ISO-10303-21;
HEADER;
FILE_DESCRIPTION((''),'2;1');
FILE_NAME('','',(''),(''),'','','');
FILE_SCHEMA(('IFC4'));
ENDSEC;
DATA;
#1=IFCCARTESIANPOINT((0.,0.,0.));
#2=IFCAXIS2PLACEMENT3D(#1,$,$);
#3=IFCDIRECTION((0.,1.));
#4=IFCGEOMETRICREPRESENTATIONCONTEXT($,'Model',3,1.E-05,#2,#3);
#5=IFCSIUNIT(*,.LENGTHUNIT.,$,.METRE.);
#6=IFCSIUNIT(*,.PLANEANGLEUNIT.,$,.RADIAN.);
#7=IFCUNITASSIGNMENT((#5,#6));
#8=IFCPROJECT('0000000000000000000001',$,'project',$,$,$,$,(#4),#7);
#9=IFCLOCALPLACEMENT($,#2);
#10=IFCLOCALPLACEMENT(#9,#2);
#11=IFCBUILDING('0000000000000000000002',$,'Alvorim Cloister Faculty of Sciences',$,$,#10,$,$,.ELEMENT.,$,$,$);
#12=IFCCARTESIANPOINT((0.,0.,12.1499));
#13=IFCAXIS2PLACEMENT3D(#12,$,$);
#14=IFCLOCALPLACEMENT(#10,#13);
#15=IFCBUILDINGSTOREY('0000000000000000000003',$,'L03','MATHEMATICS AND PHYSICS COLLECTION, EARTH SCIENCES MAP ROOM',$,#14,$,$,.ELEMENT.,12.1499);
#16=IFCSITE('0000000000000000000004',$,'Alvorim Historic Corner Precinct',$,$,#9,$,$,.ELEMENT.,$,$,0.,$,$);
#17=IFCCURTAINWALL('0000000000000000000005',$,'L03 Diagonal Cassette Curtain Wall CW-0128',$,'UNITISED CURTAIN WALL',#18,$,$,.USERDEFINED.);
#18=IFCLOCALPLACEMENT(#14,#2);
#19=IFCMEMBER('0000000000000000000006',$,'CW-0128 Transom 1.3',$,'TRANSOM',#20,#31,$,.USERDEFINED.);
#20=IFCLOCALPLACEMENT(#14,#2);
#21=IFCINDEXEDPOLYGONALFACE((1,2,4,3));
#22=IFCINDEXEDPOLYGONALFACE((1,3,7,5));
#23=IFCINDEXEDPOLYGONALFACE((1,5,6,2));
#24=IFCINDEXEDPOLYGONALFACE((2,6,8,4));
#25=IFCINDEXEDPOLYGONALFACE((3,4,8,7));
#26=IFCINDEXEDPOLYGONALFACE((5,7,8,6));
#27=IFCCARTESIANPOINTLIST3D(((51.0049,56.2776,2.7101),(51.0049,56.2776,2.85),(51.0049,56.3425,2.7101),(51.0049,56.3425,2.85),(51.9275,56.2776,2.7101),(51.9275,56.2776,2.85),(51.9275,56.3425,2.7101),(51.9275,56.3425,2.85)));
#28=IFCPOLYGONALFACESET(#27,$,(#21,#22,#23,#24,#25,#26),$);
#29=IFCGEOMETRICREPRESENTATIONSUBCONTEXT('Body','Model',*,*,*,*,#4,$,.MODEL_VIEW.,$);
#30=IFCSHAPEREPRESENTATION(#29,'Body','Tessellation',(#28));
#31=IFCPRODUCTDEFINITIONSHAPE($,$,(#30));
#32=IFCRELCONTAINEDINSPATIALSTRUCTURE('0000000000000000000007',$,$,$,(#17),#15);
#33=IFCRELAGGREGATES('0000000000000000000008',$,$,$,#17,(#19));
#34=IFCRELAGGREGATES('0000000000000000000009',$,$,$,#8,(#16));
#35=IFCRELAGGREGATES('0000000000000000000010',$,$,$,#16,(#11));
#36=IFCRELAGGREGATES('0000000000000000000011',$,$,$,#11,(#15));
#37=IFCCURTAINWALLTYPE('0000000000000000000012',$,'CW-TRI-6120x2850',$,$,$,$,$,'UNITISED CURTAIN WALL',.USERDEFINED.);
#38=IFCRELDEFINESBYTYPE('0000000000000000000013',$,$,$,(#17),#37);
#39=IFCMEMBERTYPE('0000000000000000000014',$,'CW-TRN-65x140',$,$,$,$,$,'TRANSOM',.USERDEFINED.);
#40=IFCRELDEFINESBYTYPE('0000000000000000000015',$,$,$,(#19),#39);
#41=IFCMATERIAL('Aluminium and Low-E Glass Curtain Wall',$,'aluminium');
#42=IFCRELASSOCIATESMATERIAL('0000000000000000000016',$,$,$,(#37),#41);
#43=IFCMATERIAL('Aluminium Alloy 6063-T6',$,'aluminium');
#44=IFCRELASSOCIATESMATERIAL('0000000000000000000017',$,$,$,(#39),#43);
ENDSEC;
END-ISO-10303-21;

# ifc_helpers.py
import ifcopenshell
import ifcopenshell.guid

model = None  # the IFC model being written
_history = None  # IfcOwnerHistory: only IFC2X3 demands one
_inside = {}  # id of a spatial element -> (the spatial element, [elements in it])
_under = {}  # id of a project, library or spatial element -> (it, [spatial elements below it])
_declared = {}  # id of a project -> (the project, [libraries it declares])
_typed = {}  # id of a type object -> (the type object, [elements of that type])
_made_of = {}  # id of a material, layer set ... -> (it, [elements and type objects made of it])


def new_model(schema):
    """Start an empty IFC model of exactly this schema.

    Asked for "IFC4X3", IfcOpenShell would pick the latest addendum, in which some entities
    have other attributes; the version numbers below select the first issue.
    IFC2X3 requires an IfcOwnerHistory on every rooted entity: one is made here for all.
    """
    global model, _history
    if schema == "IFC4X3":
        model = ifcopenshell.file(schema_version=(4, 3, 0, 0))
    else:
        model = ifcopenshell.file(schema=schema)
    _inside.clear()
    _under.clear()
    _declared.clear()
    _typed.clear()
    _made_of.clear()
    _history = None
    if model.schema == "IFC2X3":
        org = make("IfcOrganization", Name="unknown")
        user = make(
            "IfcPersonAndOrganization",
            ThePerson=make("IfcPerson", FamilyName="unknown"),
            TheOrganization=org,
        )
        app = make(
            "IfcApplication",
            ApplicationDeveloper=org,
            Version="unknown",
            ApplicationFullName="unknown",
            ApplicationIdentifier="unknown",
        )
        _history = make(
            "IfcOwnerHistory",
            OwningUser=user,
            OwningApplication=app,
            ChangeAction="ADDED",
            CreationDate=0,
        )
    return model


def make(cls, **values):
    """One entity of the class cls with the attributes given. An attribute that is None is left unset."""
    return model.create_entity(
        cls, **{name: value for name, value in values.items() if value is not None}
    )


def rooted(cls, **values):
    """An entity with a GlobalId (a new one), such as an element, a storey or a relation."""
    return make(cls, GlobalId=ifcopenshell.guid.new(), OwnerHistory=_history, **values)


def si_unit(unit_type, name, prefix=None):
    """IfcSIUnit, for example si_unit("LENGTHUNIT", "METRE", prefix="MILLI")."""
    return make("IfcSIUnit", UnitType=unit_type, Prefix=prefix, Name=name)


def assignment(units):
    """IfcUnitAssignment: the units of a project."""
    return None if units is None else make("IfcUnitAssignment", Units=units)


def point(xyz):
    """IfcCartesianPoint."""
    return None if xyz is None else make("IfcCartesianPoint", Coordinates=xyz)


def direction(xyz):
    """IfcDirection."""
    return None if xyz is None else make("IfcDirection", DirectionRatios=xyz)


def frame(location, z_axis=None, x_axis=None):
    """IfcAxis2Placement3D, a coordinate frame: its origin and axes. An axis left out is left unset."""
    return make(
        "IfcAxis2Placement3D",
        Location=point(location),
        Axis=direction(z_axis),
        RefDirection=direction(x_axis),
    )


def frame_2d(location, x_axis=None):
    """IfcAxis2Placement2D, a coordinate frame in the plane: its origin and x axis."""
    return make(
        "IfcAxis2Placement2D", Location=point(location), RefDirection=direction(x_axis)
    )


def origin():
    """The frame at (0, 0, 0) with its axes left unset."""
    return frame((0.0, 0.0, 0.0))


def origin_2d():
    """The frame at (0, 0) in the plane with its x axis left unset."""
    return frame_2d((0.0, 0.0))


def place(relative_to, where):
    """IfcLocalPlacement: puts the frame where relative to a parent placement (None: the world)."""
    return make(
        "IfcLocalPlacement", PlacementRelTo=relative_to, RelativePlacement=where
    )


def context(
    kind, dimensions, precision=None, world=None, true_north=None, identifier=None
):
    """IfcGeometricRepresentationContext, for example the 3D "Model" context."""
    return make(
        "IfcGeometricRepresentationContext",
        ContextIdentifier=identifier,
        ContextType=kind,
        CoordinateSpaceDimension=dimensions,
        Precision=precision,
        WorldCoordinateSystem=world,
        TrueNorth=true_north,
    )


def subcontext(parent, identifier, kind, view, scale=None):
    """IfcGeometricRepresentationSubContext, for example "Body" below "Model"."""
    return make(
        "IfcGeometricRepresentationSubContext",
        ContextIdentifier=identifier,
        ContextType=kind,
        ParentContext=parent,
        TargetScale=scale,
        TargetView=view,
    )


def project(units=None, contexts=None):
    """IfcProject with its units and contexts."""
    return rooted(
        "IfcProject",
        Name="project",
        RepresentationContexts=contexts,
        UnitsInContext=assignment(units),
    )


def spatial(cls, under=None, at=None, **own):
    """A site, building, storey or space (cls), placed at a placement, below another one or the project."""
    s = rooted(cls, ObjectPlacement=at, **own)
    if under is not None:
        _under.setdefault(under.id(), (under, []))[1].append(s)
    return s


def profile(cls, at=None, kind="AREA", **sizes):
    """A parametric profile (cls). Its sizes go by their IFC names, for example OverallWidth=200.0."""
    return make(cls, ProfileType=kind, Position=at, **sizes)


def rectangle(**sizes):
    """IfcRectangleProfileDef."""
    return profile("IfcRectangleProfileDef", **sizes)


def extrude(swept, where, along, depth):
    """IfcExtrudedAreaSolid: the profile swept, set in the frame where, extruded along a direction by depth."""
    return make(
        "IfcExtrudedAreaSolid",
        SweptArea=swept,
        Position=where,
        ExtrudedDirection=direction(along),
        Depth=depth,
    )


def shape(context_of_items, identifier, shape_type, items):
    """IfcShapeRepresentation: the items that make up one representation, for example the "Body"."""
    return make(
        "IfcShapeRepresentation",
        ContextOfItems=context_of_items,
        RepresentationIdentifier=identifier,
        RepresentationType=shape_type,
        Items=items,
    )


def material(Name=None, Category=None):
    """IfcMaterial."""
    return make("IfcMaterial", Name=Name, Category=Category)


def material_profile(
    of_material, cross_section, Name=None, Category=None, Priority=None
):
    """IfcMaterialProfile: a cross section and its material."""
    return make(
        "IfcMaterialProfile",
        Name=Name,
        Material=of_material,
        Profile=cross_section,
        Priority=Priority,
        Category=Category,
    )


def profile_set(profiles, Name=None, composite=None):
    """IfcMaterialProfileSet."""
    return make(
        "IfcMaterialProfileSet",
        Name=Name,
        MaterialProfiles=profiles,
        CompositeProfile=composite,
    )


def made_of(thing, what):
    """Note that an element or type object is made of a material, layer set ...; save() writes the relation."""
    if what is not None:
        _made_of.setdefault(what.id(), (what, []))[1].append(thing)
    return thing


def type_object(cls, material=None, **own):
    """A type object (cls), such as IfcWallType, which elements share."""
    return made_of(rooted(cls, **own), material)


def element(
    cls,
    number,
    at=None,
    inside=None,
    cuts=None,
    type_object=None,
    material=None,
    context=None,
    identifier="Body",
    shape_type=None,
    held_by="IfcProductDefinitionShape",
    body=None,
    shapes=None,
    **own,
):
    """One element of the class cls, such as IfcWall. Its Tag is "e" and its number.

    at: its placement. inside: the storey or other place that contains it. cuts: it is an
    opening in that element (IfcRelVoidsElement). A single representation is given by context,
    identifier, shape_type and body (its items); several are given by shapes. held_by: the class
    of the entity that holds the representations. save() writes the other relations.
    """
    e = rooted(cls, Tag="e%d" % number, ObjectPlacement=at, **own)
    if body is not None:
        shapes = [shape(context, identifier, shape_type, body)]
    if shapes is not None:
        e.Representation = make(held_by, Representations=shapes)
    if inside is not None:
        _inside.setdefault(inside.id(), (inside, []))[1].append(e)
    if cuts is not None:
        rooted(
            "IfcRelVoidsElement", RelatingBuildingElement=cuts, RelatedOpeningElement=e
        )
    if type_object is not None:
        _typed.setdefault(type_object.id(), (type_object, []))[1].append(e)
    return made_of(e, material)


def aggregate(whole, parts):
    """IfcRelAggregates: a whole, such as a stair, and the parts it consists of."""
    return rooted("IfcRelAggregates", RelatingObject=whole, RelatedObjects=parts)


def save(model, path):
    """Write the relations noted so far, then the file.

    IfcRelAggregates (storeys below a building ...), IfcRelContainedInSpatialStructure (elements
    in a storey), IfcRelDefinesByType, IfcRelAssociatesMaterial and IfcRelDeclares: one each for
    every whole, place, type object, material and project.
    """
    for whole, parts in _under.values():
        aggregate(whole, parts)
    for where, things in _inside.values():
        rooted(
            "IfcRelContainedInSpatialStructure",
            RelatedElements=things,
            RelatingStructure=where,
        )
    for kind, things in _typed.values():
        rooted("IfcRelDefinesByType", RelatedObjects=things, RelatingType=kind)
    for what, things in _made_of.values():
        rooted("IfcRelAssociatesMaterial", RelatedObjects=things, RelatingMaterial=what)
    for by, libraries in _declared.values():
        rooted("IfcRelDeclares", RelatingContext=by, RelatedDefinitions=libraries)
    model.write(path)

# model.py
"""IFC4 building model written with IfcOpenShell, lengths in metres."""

from ifc_helpers import new_model, si_unit, direction, frame, origin, origin_2d, place, context, subcontext, project, spatial, rectangle, extrude, material, material_profile, profile_set, type_object, element, aggregate, save


model = new_model("IFC4")

# Units and contexts
model_context = context("Model", 3, precision=1e-05, world=origin(), true_north=direction((0.0, 1.0)))
body_context = subcontext(model_context, "Body", "Model", "MODEL_VIEW")
ifc_project = project(units=[si_unit("LENGTHUNIT", "METRE"), si_unit("PLANEANGLEUNIT", "RADIAN")], contexts=[model_context])

# Site, building, storey
site_placement = place(None, origin())
site = spatial("IfcSite", under=ifc_project, at=site_placement, Name="Alvorim Historic Corner Precinct", CompositionType="ELEMENT", RefElevation=0.0)
building_placement = place(site_placement, origin())
building = spatial("IfcBuilding", under=site, at=building_placement, Name="Alvorim Cloister Faculty of Sciences", CompositionType="ELEMENT")
storey_placement = place(building_placement, frame((0.0, 0.0, 12.1499)))
storey = spatial("IfcBuildingStorey", under=building, at=storey_placement, Name="L03", Description="MATHEMATICS AND PHYSICS COLLECTION, EARTH SCIENCES MAP ROOM", CompositionType="ELEMENT", Elevation=12.1499)

# Curtain wall
ifc_material_1 = material(Name="Aluminium and Low-E Glass Curtain Wall", Category="aluminium")
curtain_wall_type = type_object("IfcCurtainWallType", Name="CW-TRI-6120x2850", ElementType="UNITISED CURTAIN WALL", PredefinedType="USERDEFINED", material=ifc_material_1)
ifc_material_2 = material(Name="Aluminium Alloy 6063-T6", Category="aluminium")
curtain_wall_1_placement = place(storey_placement, origin())
curtain_wall_1 = element("IfcCurtainWall", 1, at=curtain_wall_1_placement, inside=storey, type_object=curtain_wall_type, Name="L03 Diagonal Cassette Curtain Wall CW-0128", ObjectType="UNITISED CURTAIN WALL", PredefinedType="USERDEFINED")

# Member
ifc_material_profile_1 = material_profile(ifc_material_2, rectangle(XDim=0.0649, YDim=0.1399, at=origin_2d()), Name="ALU-TRN-65x140")
ifc_profile_set_1 = profile_set([ifc_material_profile_1], Name="Aluminium Alloy 6063-T6")
member_type_1 = type_object("IfcMemberType", Name="CW-TRN-65x140", ElementType="TRANSOM", PredefinedType="USERDEFINED", material=ifc_profile_set_1)
member_1_placement = place(storey_placement, frame((51.0049, 56.3101, 2.78), z_axis=(1.0, 0.0, 0.0), x_axis=(0.0, 1.0, 0.0)))
member_1 = element("IfcMember", 2, at=member_1_placement, type_object=member_type_1, Name="CW-0128 Transom 1.3", ObjectType="TRANSOM", PredefinedType="USERDEFINED", context=body_context, shape_type="SweptSolid", body=[
    extrude(rectangle(XDim=0.0649, YDim=0.1399, at=origin_2d()), origin(), (0.0, 0.0, 1.0), 0.9226),
])
aggregate(curtain_wall_1, [member_1])

save(model, "model.ifc")
